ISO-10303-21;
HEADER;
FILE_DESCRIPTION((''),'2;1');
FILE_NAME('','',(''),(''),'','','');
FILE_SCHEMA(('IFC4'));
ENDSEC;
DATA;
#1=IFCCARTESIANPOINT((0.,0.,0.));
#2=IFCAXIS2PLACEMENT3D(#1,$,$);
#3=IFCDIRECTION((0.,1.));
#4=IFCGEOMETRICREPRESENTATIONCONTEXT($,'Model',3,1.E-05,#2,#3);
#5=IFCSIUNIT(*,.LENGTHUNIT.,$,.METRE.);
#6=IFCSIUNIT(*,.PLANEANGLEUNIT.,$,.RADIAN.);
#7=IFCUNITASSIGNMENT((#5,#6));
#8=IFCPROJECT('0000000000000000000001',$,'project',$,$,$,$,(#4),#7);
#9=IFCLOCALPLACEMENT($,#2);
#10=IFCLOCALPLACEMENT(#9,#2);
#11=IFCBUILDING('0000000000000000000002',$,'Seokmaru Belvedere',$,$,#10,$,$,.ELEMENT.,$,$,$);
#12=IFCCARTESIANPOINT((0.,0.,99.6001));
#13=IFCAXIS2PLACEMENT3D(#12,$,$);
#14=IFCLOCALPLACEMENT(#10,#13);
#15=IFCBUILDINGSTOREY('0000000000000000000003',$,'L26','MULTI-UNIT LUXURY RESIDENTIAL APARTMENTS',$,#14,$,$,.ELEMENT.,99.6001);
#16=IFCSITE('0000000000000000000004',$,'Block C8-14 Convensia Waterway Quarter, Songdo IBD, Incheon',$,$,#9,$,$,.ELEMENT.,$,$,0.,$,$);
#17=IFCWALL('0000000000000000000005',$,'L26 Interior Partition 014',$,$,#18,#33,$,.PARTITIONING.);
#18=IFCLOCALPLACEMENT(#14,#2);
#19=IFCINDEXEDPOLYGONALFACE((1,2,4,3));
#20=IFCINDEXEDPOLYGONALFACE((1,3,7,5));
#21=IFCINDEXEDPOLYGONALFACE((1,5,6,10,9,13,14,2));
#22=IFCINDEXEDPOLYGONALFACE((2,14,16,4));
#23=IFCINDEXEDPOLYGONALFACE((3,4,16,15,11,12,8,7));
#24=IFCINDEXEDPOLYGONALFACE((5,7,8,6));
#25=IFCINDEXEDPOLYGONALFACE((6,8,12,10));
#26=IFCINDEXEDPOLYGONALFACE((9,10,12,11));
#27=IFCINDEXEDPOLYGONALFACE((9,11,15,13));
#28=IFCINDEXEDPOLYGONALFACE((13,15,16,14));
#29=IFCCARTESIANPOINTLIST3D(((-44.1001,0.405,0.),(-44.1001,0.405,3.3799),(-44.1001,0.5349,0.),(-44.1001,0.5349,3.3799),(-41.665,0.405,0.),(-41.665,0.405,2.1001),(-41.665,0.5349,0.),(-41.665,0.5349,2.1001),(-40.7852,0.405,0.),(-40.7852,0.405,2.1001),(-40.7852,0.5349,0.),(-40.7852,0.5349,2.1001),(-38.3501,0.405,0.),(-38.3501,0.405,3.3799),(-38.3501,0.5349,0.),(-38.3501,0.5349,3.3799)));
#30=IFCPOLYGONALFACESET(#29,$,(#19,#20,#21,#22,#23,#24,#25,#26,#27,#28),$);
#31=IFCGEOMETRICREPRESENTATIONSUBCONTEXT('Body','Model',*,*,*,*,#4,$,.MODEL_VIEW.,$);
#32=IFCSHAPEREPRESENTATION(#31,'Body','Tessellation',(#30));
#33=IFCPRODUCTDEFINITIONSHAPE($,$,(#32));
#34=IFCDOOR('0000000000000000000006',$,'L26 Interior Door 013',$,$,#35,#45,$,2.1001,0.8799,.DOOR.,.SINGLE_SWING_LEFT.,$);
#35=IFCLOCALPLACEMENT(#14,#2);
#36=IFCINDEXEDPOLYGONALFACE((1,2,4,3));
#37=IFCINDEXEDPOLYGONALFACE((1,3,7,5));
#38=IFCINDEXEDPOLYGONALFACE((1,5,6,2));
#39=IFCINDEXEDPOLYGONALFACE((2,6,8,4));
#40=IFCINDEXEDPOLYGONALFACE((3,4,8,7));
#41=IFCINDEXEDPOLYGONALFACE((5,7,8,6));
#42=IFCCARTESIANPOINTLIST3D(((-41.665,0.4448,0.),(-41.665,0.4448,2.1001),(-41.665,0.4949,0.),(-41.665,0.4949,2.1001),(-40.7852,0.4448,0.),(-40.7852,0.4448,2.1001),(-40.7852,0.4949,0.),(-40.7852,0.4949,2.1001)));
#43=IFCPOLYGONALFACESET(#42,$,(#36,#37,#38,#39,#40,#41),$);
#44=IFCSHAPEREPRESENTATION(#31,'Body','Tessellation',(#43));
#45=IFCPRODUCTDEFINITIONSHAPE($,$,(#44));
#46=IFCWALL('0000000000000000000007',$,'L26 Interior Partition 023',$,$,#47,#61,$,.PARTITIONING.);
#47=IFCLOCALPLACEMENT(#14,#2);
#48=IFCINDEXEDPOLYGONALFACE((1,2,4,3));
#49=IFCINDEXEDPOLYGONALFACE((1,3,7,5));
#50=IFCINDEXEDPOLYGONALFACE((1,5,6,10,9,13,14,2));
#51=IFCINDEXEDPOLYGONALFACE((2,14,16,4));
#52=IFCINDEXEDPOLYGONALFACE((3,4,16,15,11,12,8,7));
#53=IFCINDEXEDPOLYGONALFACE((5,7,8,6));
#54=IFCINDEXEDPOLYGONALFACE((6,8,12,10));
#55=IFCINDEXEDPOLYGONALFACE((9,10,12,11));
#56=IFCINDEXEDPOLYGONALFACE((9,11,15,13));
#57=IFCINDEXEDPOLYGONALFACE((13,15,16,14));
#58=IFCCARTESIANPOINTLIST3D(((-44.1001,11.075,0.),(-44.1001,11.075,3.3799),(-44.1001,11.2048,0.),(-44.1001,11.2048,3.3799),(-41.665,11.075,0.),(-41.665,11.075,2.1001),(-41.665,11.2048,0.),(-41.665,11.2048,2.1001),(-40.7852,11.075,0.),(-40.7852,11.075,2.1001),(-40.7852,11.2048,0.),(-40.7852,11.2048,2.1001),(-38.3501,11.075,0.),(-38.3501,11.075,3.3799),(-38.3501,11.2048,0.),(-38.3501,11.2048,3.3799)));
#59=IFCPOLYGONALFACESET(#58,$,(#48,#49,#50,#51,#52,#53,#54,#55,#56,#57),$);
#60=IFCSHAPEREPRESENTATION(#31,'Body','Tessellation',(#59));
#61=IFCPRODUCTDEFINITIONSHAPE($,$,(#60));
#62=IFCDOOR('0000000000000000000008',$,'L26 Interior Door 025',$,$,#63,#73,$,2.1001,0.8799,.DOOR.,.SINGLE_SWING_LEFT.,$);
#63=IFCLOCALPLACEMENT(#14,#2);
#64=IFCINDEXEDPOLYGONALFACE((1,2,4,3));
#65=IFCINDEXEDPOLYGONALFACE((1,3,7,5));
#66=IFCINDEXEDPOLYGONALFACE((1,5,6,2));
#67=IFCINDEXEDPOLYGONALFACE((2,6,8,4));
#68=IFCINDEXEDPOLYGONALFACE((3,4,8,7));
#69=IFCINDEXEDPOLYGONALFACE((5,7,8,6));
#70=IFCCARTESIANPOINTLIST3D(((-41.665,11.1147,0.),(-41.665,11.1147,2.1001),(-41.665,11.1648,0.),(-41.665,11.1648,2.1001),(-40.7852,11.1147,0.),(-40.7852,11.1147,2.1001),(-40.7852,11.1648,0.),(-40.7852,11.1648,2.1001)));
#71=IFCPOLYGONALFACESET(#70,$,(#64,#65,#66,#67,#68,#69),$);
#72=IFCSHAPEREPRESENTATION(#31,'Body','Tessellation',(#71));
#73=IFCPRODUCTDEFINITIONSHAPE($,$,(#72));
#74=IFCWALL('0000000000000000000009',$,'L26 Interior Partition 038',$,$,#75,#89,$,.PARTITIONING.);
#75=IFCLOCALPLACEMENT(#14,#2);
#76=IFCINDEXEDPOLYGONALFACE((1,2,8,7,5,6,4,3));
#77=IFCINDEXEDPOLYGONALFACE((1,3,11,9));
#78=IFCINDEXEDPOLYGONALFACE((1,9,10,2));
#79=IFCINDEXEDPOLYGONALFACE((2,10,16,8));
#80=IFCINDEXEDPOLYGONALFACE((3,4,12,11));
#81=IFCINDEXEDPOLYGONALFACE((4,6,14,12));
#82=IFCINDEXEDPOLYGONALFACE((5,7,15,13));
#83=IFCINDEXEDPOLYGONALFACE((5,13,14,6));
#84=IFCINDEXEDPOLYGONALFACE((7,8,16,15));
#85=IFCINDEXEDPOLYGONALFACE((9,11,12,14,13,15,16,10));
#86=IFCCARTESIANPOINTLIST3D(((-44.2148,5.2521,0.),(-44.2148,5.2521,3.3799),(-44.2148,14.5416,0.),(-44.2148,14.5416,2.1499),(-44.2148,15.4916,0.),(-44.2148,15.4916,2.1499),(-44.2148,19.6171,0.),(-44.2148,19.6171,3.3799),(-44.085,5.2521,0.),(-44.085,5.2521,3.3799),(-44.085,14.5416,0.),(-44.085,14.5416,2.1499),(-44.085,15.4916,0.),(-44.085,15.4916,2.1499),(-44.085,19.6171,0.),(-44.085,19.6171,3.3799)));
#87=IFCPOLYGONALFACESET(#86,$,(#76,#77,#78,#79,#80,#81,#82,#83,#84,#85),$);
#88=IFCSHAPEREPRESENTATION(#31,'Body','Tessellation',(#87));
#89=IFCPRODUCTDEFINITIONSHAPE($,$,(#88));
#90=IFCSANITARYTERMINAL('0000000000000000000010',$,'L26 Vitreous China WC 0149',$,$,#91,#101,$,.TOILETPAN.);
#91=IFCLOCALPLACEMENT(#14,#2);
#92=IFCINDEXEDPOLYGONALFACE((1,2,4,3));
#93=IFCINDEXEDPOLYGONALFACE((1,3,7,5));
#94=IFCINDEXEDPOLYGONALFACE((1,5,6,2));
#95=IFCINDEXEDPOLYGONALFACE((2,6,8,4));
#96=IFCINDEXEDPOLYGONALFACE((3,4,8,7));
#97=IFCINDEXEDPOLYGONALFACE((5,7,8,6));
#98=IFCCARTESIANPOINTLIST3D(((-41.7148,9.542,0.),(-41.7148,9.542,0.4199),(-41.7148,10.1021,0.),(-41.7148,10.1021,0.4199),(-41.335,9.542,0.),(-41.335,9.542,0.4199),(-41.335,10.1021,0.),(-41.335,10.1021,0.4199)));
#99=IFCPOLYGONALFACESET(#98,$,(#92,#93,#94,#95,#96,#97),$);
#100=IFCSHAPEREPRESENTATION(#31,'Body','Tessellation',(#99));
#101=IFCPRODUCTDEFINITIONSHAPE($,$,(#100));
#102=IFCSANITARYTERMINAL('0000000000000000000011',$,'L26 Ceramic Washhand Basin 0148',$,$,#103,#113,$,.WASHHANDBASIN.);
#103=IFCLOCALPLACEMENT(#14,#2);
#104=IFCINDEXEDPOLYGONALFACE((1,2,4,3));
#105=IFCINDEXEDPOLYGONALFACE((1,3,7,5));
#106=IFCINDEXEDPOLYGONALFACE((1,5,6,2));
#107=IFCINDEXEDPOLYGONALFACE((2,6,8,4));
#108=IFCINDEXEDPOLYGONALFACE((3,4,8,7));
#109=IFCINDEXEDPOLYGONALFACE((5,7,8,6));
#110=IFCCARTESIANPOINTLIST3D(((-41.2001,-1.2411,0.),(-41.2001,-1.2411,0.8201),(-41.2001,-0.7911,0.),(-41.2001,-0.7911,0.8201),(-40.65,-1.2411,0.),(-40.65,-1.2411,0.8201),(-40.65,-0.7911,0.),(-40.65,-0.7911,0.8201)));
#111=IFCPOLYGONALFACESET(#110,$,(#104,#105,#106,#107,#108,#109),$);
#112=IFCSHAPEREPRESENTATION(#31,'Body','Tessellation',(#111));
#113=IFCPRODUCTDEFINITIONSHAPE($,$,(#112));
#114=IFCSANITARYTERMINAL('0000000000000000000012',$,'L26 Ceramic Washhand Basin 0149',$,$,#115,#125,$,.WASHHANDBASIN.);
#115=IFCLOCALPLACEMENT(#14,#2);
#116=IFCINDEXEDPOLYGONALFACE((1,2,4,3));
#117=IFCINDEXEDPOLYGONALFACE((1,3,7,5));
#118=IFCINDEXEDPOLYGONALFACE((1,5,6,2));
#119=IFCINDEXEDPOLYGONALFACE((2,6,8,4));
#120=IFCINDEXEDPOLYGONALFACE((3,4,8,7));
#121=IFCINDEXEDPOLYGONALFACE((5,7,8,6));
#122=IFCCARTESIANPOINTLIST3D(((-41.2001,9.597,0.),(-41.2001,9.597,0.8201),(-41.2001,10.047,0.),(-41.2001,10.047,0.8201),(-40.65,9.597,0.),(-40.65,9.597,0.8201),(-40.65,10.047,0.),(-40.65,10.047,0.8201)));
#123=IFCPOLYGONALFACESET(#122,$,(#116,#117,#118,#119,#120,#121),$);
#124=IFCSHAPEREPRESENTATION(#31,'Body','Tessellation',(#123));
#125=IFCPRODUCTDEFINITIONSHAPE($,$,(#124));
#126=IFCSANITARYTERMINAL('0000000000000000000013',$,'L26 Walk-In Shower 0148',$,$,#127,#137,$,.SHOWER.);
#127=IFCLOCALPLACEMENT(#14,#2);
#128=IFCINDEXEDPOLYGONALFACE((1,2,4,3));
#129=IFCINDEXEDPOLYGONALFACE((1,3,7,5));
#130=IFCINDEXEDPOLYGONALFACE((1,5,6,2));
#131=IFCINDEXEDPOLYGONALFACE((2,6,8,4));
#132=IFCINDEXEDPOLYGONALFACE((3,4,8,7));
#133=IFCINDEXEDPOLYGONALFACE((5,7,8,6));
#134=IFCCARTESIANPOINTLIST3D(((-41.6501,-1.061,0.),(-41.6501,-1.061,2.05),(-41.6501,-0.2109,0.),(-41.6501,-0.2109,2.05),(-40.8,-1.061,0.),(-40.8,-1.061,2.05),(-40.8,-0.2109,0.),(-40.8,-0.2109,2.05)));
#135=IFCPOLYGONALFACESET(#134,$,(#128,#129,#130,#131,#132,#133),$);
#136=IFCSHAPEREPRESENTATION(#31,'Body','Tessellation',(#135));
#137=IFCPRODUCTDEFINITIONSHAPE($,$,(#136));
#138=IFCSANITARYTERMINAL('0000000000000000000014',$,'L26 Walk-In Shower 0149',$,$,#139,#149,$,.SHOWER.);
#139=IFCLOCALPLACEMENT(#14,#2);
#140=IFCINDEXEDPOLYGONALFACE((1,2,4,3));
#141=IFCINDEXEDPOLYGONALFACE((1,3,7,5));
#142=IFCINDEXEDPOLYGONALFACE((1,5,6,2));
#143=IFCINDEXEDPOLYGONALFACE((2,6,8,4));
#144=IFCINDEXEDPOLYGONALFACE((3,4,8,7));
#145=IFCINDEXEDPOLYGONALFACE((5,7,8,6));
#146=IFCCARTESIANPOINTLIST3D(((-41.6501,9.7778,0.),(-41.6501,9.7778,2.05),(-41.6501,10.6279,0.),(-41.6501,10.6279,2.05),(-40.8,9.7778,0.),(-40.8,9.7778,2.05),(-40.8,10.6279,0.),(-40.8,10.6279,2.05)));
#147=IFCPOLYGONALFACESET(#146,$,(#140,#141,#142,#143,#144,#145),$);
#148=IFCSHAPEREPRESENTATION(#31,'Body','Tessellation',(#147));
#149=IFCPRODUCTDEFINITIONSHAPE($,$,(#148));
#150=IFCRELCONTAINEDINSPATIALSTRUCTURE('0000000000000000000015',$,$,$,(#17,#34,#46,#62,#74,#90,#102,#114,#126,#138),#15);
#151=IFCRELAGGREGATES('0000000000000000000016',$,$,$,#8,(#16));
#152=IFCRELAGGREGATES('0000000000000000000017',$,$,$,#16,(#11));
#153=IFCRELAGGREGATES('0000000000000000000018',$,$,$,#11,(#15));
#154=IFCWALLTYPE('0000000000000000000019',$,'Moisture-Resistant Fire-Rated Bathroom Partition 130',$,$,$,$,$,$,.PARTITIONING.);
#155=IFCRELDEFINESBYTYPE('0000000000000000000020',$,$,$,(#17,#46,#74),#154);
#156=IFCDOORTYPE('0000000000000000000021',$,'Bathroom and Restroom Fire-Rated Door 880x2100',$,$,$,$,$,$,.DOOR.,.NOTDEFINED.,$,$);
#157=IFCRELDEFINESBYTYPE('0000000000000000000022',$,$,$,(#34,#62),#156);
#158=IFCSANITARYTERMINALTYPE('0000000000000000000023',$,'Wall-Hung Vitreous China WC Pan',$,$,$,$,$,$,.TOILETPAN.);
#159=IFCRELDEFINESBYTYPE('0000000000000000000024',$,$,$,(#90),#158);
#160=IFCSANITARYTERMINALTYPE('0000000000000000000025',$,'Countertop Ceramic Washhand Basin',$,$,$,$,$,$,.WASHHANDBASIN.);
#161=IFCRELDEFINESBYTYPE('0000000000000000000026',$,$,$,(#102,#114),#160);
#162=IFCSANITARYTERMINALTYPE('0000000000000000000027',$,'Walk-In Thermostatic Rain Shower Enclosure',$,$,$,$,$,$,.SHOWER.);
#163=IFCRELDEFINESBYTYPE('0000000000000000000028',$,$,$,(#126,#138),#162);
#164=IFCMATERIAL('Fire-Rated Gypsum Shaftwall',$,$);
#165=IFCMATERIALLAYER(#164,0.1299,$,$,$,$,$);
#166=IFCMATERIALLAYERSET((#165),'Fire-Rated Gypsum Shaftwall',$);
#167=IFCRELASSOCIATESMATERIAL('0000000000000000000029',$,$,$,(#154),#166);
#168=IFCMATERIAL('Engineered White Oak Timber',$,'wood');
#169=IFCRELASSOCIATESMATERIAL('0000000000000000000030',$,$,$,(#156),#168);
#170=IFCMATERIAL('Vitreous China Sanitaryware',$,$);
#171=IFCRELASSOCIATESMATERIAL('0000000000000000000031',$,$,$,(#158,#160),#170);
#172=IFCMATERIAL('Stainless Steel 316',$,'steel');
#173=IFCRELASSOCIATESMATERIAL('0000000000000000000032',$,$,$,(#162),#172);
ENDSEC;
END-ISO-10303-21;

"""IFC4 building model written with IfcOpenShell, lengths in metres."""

from ifc_helpers import new_model, si_unit, direction, frame, frame_2d, origin, origin_2d, place, context, subcontext, project, spatial, rectangle, extrude, source, transform, mapped, material, layer, layer_set, type_object, type_shapes, element, fill, save


model = new_model("IFC4")

# Units and contexts
model_context = context("Model", 3, precision=1e-05, world=origin(), true_north=direction((0.0, 1.0)))
body_context = subcontext(model_context, "Body", "Model", "MODEL_VIEW")
ifc_project = project(units=[si_unit("LENGTHUNIT", "METRE"), si_unit("PLANEANGLEUNIT", "RADIAN")], contexts=[model_context])

# Site, building, storey
site_placement = place(None, origin())
site = spatial("IfcSite", under=ifc_project, at=site_placement, Name="Block C8-14 Convensia Waterway Quarter, Songdo IBD, Incheon", CompositionType="ELEMENT", RefElevation=0.0)
building_placement = place(site_placement, origin())
building = spatial("IfcBuilding", under=site, at=building_placement, Name="Seokmaru Belvedere", CompositionType="ELEMENT")
storey_placement = place(building_placement, frame((0.0, 0.0, 99.6001)))
storey = spatial("IfcBuildingStorey", under=building, at=storey_placement, Name="L26", Description="MULTI-UNIT LUXURY RESIDENTIAL APARTMENTS", CompositionType="ELEMENT", Elevation=99.6001)

# Walls, openings, doors
ifc_material_1 = material(Name="Fire-Rated Gypsum Shaftwall")
ifc_material_2 = material(Name="Engineered White Oak Timber", Category="wood")
ifc_layer_1 = layer(ifc_material_1, 0.1299)
ifc_layer_set_1 = layer_set([ifc_layer_1], Name="Fire-Rated Gypsum Shaftwall")
wall_type_1 = type_object("IfcWallType", Name="Moisture-Resistant Fire-Rated Bathroom Partition 130", PredefinedType="PARTITIONING", material=ifc_layer_set_1)
wall_1_placement = place(storey_placement, frame((-44.1001, 0.47, 0.0), z_axis=(0.0, 0.0, 1.0), x_axis=(1.0, 0.0, 0.0)))
wall_1 = element("IfcWall", 1, at=wall_1_placement, inside=storey, type_object=wall_type_1, Name="L26 Interior Partition 014", PredefinedType="PARTITIONING", context=body_context, shape_type="SweptSolid", body=[
    extrude(rectangle(XDim=5.75, YDim=0.1299, at=frame_2d((2.875, 0.0))), origin(), (0.0, 0.0, 1.0), 3.3799),
])
opening_1_placement = place(wall_1_placement, frame((2.4351, 0.0, 0.0)))
opening_1 = element("IfcOpeningElement", 2, at=opening_1_placement, cuts=wall_1, PredefinedType="OPENING", context=body_context, shape_type="SweptSolid", body=[
    extrude(rectangle(XDim=0.8799, YDim=2.1001, at=frame_2d((0.4399, 1.05))), frame((0.0, 0.075, 0.0), z_axis=(0.0, -1.0, 0.0), x_axis=(1.0, 0.0, 0.0)), (0.0, 0.0, 1.0), 0.1499),
])
door_type_1 = type_object("IfcDoorType", Name="Bathroom and Restroom Fire-Rated Door 880x2100", OperationType="NOTDEFINED", PredefinedType="DOOR", material=ifc_material_2)
shared_shape_1 = source(origin(), body_context, "Body", "SweptSolid", [
    extrude(rectangle(XDim=0.8799, YDim=2.1001, at=frame_2d((0.4399, 1.05))), frame((0.0, 0.0249, 0.0), z_axis=(0.0, -1.0, 0.0), x_axis=(1.0, 0.0, 0.0)), (0.0, 0.0, 1.0), 0.05),
])
type_shapes(door_type_1, [shared_shape_1])
door_1_placement = place(opening_1_placement, origin())
door_1 = element("IfcDoor", 3, at=door_1_placement, inside=storey, type_object=door_type_1, Name="L26 Interior Door 013", OperationType="SINGLE_SWING_LEFT", OverallHeight=2.1001, OverallWidth=0.8799, PredefinedType="DOOR", context=body_context, shape_type="MappedRepresentation", body=[
    mapped(shared_shape_1, transform((0.0, 0.0, 0.0), scale=1.0)),
])
fill(opening_1, door_1)
wall_2_placement = place(storey_placement, frame((-44.1001, 11.1399, 0.0), z_axis=(0.0, 0.0, 1.0), x_axis=(1.0, 0.0, 0.0)))
wall_2 = element("IfcWall", 4, at=wall_2_placement, inside=storey, type_object=wall_type_1, Name="L26 Interior Partition 023", PredefinedType="PARTITIONING", context=body_context, shape_type="SweptSolid", body=[
    extrude(rectangle(XDim=5.75, YDim=0.1299, at=frame_2d((2.875, 0.0))), origin(), (0.0, 0.0, 1.0), 3.3799),
])
opening_2_placement = place(wall_2_placement, frame((2.4351, 0.0, 0.0)))
opening_2 = element("IfcOpeningElement", 5, at=opening_2_placement, cuts=wall_2, PredefinedType="OPENING", context=body_context, shape_type="SweptSolid", body=[
    extrude(rectangle(XDim=0.8799, YDim=2.1001, at=frame_2d((0.4399, 1.05))), frame((0.0, 0.075, 0.0), z_axis=(0.0, -1.0, 0.0), x_axis=(1.0, 0.0, 0.0)), (0.0, 0.0, 1.0), 0.1499),
])
door_2_placement = place(opening_2_placement, origin())
door_2 = element("IfcDoor", 6, at=door_2_placement, inside=storey, type_object=door_type_1, Name="L26 Interior Door 025", OperationType="SINGLE_SWING_LEFT", OverallHeight=2.1001, OverallWidth=0.8799, PredefinedType="DOOR", context=body_context, shape_type="MappedRepresentation", body=[
    mapped(shared_shape_1, transform((0.0, 0.0, 0.0), scale=1.0)),
])
fill(opening_2, door_2)

# Wall, opening
wall_3_placement = place(storey_placement, frame((-44.1499, 5.252, 0.0), z_axis=(0.0, 0.0, 1.0), x_axis=(0.0, 1.0, 0.0)))
wall_3 = element("IfcWall", 7, at=wall_3_placement, inside=storey, type_object=wall_type_1, Name="L26 Interior Partition 038", PredefinedType="PARTITIONING", context=body_context, shape_type="SweptSolid", body=[
    extrude(rectangle(XDim=14.365, YDim=0.1299, at=frame_2d((7.1826, 0.0))), origin(), (0.0, 0.0, 1.0), 3.3799),
])
opening_3_placement = place(wall_3_placement, frame((9.2896, 0.0, 0.0)))
element("IfcOpeningElement", 8, at=opening_3_placement, cuts=wall_3, PredefinedType="OPENING", context=body_context, shape_type="SweptSolid", body=[
    extrude(rectangle(XDim=0.95, YDim=2.1499, at=frame_2d((0.4751, 1.075))), frame((0.0, 0.075, 0.0), z_axis=(0.0, -1.0, 0.0), x_axis=(1.0, 0.0, 0.0)), (0.0, 0.0, 1.0), 0.1499),
])

# Sanitary terminals
ifc_material_3 = material(Name="Vitreous China Sanitaryware")
sanitary_terminal_type_1 = type_object("IfcSanitaryTerminalType", Name="Wall-Hung Vitreous China WC Pan", PredefinedType="TOILETPAN", material=ifc_material_3)
shared_shape_2 = source(origin(), body_context, "Body", "SweptSolid", [
    extrude(rectangle(XDim=0.3799, YDim=0.5601, at=origin_2d()), origin(), (0.0, 0.0, 1.0), 0.4199),
])
type_shapes(sanitary_terminal_type_1, [shared_shape_2])
sanitary_terminal_placement = place(storey_placement, frame((-41.5249, 9.822, 0.0), z_axis=(0.0, 0.0, 1.0), x_axis=(1.0, 0.0, 0.0)))
element("IfcSanitaryTerminal", 9, at=sanitary_terminal_placement, inside=storey, type_object=sanitary_terminal_type_1, Name="L26 Vitreous China WC 0149", PredefinedType="TOILETPAN", context=body_context, shape_type="MappedRepresentation", body=[
    mapped(shared_shape_2, transform((0.0, 0.0, 0.0), scale=1.0)),
])
sanitary_terminal_type_2 = type_object("IfcSanitaryTerminalType", Name="Countertop Ceramic Washhand Basin", PredefinedType="WASHHANDBASIN", material=ifc_material_3)
shared_shape_3 = source(origin(), body_context, "Body", "SweptSolid", [
    extrude(rectangle(XDim=0.55, YDim=0.45, at=origin_2d()), origin(), (0.0, 0.0, 1.0), 0.8201),
])
type_shapes(sanitary_terminal_type_2, [shared_shape_3])
for number, where, z_axis, x_axis, name in (
    (10, (-40.925, -1.0161, 0.0), (0.0, 0.0, 1.0), (1.0, 0.0, 0.0), "L26 Ceramic Washhand Basin 0148"),
    (11, (-40.925, 9.822, 0.0), (0.0, 0.0, 1.0), (1.0, 0.0, 0.0), "L26 Ceramic Washhand Basin 0149"),
):
    element("IfcSanitaryTerminal", number, at=place(storey_placement, frame(where, z_axis=z_axis, x_axis=x_axis)), inside=storey, type_object=sanitary_terminal_type_2, Name=name, PredefinedType="WASHHANDBASIN", context=body_context, shape_type="MappedRepresentation", body=[
        mapped(shared_shape_3, transform((0.0, 0.0, 0.0), scale=1.0)),
    ])
ifc_material_4 = material(Name="Stainless Steel 316", Category="steel")
sanitary_terminal_type_3 = type_object("IfcSanitaryTerminalType", Name="Walk-In Thermostatic Rain Shower Enclosure", PredefinedType="SHOWER", material=ifc_material_4)
shared_shape_4 = source(origin(), body_context, "Body", "SweptSolid", [
    extrude(rectangle(XDim=0.8501, YDim=0.8501, at=origin_2d()), origin(), (0.0, 0.0, 1.0), 2.05),
])
type_shapes(sanitary_terminal_type_3, [shared_shape_4])
for number, where, z_axis, x_axis, name in (
    (12, (-41.2251, -0.636, 0.0), (0.0, 0.0, 1.0), (1.0, 0.0, 0.0), "L26 Walk-In Shower 0148"),
    (13, (-41.2251, 10.2029, 0.0), (0.0, 0.0, 1.0), (1.0, 0.0, 0.0), "L26 Walk-In Shower 0149"),
):
    element("IfcSanitaryTerminal", number, at=place(storey_placement, frame(where, z_axis=z_axis, x_axis=x_axis)), inside=storey, type_object=sanitary_terminal_type_3, Name=name, PredefinedType="SHOWER", context=body_context, shape_type="MappedRepresentation", body=[
        mapped(shared_shape_4, transform((0.0, 0.0, 0.0), scale=1.0)),
    ])

save(model, "model.ifc")
